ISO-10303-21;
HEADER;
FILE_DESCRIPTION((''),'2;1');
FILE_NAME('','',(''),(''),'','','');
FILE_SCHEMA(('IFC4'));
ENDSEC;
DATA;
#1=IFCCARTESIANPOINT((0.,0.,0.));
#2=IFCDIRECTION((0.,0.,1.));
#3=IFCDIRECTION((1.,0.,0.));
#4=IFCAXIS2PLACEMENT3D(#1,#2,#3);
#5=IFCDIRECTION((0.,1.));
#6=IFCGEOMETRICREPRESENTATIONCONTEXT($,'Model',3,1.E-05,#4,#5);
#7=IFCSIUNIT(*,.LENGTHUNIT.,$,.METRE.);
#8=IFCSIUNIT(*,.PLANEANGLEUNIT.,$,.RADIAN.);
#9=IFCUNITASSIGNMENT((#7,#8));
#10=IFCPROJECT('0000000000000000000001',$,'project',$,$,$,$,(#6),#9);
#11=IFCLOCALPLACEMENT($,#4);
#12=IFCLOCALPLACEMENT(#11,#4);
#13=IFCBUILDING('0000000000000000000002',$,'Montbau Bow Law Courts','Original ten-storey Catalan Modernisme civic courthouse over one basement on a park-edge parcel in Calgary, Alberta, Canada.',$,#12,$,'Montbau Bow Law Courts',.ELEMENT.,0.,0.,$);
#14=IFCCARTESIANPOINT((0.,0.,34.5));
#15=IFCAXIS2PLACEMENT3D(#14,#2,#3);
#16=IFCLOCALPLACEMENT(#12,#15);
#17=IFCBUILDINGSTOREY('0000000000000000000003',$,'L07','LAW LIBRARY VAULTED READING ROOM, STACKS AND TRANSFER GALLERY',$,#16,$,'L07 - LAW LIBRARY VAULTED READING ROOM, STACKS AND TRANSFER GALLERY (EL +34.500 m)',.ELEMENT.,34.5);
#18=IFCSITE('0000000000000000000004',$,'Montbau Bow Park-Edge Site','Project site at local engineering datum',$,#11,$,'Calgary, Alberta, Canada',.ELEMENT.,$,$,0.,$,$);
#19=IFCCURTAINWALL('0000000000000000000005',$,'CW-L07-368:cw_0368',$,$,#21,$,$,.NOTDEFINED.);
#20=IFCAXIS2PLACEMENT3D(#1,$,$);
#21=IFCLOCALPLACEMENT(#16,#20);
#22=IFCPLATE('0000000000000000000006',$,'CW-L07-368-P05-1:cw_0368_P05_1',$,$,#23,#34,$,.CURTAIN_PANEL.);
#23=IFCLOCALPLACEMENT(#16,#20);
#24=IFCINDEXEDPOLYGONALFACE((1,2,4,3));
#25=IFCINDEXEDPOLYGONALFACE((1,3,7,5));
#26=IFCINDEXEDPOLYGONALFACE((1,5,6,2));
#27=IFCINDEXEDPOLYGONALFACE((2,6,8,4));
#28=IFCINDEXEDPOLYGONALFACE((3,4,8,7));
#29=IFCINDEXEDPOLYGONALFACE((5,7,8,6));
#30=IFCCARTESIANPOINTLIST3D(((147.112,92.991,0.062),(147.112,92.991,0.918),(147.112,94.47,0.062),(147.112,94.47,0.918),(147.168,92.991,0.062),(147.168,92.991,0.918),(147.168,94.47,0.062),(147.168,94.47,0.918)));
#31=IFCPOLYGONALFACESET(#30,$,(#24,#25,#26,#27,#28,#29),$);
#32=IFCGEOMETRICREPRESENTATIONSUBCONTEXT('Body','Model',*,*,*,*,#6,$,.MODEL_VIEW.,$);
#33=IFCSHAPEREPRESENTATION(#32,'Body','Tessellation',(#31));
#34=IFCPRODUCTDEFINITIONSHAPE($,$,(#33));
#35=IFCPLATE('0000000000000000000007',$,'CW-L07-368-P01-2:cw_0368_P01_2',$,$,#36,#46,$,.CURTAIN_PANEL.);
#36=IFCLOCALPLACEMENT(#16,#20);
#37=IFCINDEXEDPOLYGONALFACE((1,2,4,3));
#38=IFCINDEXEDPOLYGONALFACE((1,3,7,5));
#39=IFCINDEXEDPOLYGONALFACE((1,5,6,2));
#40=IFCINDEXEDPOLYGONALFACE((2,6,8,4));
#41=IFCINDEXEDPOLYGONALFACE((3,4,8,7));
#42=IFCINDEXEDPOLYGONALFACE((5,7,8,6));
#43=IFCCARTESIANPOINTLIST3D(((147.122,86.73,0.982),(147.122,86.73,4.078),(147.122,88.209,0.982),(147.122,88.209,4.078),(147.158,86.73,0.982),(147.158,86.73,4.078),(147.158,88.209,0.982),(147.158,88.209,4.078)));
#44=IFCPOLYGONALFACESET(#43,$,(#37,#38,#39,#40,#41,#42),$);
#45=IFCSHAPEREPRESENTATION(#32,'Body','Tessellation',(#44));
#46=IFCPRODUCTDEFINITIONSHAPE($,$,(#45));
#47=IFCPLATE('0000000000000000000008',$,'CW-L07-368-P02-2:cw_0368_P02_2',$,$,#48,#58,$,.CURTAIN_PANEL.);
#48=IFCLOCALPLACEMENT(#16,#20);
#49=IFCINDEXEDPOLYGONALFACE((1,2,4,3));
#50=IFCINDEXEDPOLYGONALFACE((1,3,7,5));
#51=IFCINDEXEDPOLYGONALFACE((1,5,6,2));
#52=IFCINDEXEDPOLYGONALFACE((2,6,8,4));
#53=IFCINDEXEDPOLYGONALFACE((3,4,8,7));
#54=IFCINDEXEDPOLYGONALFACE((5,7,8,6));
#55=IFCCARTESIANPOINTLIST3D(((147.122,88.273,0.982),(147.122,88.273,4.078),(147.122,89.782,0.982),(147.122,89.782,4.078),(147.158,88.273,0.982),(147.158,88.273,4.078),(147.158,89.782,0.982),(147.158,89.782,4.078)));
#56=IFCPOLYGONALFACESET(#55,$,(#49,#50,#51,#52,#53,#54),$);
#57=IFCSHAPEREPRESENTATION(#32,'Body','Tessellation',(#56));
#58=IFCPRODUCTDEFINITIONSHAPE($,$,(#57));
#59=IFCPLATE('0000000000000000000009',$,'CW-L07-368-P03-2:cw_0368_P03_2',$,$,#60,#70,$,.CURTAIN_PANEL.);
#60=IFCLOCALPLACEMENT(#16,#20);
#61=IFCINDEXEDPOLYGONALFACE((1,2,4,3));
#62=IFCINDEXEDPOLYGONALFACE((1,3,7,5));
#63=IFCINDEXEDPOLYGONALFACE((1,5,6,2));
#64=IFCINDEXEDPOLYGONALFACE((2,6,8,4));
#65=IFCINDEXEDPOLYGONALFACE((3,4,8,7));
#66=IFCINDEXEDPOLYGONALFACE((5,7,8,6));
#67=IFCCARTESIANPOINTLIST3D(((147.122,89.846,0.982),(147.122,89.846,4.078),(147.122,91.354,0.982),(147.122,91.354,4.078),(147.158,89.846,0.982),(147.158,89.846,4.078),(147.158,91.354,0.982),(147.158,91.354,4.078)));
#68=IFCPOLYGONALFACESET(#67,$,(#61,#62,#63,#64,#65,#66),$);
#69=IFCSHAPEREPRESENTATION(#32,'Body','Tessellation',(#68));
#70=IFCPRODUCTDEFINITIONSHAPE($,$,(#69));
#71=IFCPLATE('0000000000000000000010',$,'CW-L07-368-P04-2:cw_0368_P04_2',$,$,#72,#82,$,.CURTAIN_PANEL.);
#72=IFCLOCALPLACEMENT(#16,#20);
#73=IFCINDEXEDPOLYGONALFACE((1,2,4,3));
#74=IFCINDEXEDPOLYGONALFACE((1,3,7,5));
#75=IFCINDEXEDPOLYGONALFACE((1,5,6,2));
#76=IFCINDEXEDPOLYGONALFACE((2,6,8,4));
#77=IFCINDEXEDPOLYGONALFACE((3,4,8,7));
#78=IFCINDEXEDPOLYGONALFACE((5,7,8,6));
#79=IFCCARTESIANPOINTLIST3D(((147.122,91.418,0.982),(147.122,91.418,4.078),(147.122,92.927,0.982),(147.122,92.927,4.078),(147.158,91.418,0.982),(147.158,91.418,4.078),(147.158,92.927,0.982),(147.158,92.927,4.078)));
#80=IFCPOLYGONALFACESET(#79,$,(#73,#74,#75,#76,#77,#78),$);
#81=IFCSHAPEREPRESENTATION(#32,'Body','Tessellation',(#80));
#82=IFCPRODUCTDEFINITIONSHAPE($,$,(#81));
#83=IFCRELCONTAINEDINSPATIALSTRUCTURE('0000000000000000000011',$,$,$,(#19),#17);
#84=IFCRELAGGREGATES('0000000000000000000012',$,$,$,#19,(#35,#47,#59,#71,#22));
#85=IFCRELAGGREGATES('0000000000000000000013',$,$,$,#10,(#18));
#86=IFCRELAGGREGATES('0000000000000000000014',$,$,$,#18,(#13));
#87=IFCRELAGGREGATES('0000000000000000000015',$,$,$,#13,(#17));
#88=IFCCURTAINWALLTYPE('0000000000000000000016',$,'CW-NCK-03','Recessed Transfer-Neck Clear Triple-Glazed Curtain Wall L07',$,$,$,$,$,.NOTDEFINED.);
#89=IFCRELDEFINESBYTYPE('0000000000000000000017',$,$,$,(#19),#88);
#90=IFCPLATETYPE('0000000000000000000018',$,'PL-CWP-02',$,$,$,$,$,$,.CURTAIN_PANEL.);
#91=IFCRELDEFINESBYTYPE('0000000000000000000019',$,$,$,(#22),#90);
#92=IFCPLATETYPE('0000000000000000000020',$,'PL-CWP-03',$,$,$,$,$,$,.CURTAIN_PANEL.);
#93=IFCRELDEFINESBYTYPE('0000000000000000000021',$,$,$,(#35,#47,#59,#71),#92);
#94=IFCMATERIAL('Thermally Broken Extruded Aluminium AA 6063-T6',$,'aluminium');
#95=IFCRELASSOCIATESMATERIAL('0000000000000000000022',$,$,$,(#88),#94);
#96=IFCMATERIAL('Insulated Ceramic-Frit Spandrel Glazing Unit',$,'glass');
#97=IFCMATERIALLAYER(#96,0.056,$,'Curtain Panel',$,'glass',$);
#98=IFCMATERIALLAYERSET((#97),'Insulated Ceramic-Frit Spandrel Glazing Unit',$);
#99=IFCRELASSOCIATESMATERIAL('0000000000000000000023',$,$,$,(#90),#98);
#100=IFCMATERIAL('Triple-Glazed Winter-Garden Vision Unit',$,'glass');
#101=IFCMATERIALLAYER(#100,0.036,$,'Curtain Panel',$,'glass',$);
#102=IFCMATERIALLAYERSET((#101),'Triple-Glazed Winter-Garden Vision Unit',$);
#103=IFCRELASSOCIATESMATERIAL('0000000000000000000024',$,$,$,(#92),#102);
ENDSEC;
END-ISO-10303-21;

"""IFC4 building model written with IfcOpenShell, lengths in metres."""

from ifc_helpers import new_model, si_unit, direction, frame, frame_2d, origin_with_axes, place, context, subcontext, project, spatial, rectangle, extrude, material, layer, layer_set, type_object, element, aggregate, save


model = new_model("IFC4")

# Units and contexts
model_context = context("Model", 3, precision=1e-05, world=origin_with_axes(), true_north=direction((0.0, 1.0)))
body_context = subcontext(model_context, "Body", "Model", "MODEL_VIEW")
ifc_project = project(units=[si_unit("LENGTHUNIT", "METRE"), si_unit("PLANEANGLEUNIT", "RADIAN")], contexts=[model_context])

# Site, building, storey
site_placement = place(None, origin_with_axes())
site = spatial("IfcSite", under=ifc_project, at=site_placement, Name="Montbau Bow Park-Edge Site", Description="Project site at local engineering datum", LongName="Calgary, Alberta, Canada", CompositionType="ELEMENT", RefElevation=0.0)
building_placement = place(site_placement, origin_with_axes())
building = spatial("IfcBuilding", under=site, at=building_placement, Name="Montbau Bow Law Courts", Description="Original ten-storey Catalan Modernisme civic courthouse over one basement on a park-edge parcel in Calgary, Alberta, Canada.", LongName="Montbau Bow Law Courts", CompositionType="ELEMENT", ElevationOfRefHeight=0.0, ElevationOfTerrain=0.0)
storey_placement = place(building_placement, frame((0.0, 0.0, 34.5), z_axis=(0.0, 0.0, 1.0), x_axis=(1.0, 0.0, 0.0)))
storey = spatial("IfcBuildingStorey", under=building, at=storey_placement, Name="L07", Description="LAW LIBRARY VAULTED READING ROOM, STACKS AND TRANSFER GALLERY", LongName="L07 - LAW LIBRARY VAULTED READING ROOM, STACKS AND TRANSFER GALLERY (EL +34.500 m)", CompositionType="ELEMENT", Elevation=34.5)

# Curtain wall, plates
ifc_material_1 = material(Name="Thermally Broken Extruded Aluminium AA 6063-T6", Category="aluminium")
curtain_wall_type = type_object("IfcCurtainWallType", Name="CW-NCK-03", Description="Recessed Transfer-Neck Clear Triple-Glazed Curtain Wall L07", PredefinedType="NOTDEFINED", material=ifc_material_1)
curtain_wall_placement = place(None, frame((147.14, 86.668, 34.5), z_axis=(0.0, 0.0, 1.0), x_axis=(1.0, 0.0, 0.0)))
curtain_wall = element("IfcCurtainWall", 1, at=curtain_wall_placement, inside=storey, type_object=curtain_wall_type, Name="CW-L07-368:cw_0368", PredefinedType="NOTDEFINED")
ifc_material_2 = material(Name="Insulated Ceramic-Frit Spandrel Glazing Unit", Category="glass")
ifc_layer_1 = layer(ifc_material_2, 0.056, Name="Curtain Panel", Category="glass")
ifc_layer_set_1 = layer_set([ifc_layer_1], Name="Insulated Ceramic-Frit Spandrel Glazing Unit")
plate_type_1 = type_object("IfcPlateType", Name="PL-CWP-02", PredefinedType="CURTAIN_PANEL", material=ifc_layer_set_1)
plate_1_placement = place(None, frame((147.14, 92.991, 34.562), z_axis=(1.0, 0.0, 0.0), x_axis=(0.0, 1.0, 0.0)))
plate_1 = element("IfcPlate", 2, at=plate_1_placement, type_object=plate_type_1, Name="CW-L07-368-P05-1:cw_0368_P05_1", PredefinedType="CURTAIN_PANEL", context=body_context, shape_type="SweptSolid", body=[
    extrude(rectangle(XDim=1.479, YDim=0.856, at=frame_2d((0.7395, 0.428), x_axis=(1.0, 0.0))), frame((0.0, 0.0, -0.028), z_axis=(0.0, 0.0, 1.0), x_axis=(1.0, 0.0, 0.0)), (0.0, 0.0, 1.0), 0.056),
])
ifc_material_3 = material(Name="Triple-Glazed Winter-Garden Vision Unit", Category="glass")
ifc_layer_2 = layer(ifc_material_3, 0.036, Name="Curtain Panel", Category="glass")
ifc_layer_set_2 = layer_set([ifc_layer_2], Name="Triple-Glazed Winter-Garden Vision Unit")
plate_type_2 = type_object("IfcPlateType", Name="PL-CWP-03", PredefinedType="CURTAIN_PANEL", material=ifc_layer_set_2)
plate_2_placement = place(None, frame((147.14, 86.73, 35.482), z_axis=(1.0, 0.0, 0.0), x_axis=(0.0, 1.0, 0.0)))
plate_2 = element("IfcPlate", 3, at=plate_2_placement, type_object=plate_type_2, Name="CW-L07-368-P01-2:cw_0368_P01_2", PredefinedType="CURTAIN_PANEL", context=body_context, shape_type="SweptSolid", body=[
    extrude(rectangle(XDim=1.479, YDim=3.096, at=frame_2d((0.7395, 1.548), x_axis=(1.0, 0.0))), frame((0.0, 0.0, -0.018), z_axis=(0.0, 0.0, 1.0), x_axis=(1.0, 0.0, 0.0)), (0.0, 0.0, 1.0), 0.036),
])
plate_3_placement = place(None, frame((147.14, 88.273, 35.482), z_axis=(1.0, 0.0, 0.0), x_axis=(0.0, 1.0, 0.0)))
plate_3 = element("IfcPlate", 4, at=plate_3_placement, type_object=plate_type_2, Name="CW-L07-368-P02-2:cw_0368_P02_2", PredefinedType="CURTAIN_PANEL", context=body_context, shape_type="SweptSolid", body=[
    extrude(rectangle(XDim=1.509, YDim=3.096, at=frame_2d((0.7545, 1.548), x_axis=(1.0, 0.0))), frame((0.0, 0.0, -0.018), z_axis=(0.0, 0.0, 1.0), x_axis=(1.0, 0.0, 0.0)), (0.0, 0.0, 1.0), 0.036),
])
plate_4_placement = place(None, frame((147.14, 89.846, 35.482), z_axis=(1.0, 0.0, 0.0), x_axis=(0.0, 1.0, 0.0)))
plate_4 = element("IfcPlate", 5, at=plate_4_placement, type_object=plate_type_2, Name="CW-L07-368-P03-2:cw_0368_P03_2", PredefinedType="CURTAIN_PANEL", context=body_context, shape_type="SweptSolid", body=[
    extrude(rectangle(XDim=1.508, YDim=3.096, at=frame_2d((0.754, 1.548), x_axis=(1.0, 0.0))), frame((0.0, 0.0, -0.018), z_axis=(0.0, 0.0, 1.0), x_axis=(1.0, 0.0, 0.0)), (0.0, 0.0, 1.0), 0.036),
])
plate_5_placement = place(None, frame((147.14, 91.418, 35.482), z_axis=(1.0, 0.0, 0.0), x_axis=(0.0, 1.0, 0.0)))
plate_5 = element("IfcPlate", 6, at=plate_5_placement, type_object=plate_type_2, Name="CW-L07-368-P04-2:cw_0368_P04_2", PredefinedType="CURTAIN_PANEL", context=body_context, shape_type="SweptSolid", body=[
    extrude(rectangle(XDim=1.509, YDim=3.096, at=frame_2d((0.7545, 1.548), x_axis=(1.0, 0.0))), frame((0.0, 0.0, -0.018), z_axis=(0.0, 0.0, 1.0), x_axis=(1.0, 0.0, 0.0)), (0.0, 0.0, 1.0), 0.036),
])
aggregate(curtain_wall, [plate_2, plate_3, plate_4, plate_5, plate_1])

save(model, "model.ifc")
